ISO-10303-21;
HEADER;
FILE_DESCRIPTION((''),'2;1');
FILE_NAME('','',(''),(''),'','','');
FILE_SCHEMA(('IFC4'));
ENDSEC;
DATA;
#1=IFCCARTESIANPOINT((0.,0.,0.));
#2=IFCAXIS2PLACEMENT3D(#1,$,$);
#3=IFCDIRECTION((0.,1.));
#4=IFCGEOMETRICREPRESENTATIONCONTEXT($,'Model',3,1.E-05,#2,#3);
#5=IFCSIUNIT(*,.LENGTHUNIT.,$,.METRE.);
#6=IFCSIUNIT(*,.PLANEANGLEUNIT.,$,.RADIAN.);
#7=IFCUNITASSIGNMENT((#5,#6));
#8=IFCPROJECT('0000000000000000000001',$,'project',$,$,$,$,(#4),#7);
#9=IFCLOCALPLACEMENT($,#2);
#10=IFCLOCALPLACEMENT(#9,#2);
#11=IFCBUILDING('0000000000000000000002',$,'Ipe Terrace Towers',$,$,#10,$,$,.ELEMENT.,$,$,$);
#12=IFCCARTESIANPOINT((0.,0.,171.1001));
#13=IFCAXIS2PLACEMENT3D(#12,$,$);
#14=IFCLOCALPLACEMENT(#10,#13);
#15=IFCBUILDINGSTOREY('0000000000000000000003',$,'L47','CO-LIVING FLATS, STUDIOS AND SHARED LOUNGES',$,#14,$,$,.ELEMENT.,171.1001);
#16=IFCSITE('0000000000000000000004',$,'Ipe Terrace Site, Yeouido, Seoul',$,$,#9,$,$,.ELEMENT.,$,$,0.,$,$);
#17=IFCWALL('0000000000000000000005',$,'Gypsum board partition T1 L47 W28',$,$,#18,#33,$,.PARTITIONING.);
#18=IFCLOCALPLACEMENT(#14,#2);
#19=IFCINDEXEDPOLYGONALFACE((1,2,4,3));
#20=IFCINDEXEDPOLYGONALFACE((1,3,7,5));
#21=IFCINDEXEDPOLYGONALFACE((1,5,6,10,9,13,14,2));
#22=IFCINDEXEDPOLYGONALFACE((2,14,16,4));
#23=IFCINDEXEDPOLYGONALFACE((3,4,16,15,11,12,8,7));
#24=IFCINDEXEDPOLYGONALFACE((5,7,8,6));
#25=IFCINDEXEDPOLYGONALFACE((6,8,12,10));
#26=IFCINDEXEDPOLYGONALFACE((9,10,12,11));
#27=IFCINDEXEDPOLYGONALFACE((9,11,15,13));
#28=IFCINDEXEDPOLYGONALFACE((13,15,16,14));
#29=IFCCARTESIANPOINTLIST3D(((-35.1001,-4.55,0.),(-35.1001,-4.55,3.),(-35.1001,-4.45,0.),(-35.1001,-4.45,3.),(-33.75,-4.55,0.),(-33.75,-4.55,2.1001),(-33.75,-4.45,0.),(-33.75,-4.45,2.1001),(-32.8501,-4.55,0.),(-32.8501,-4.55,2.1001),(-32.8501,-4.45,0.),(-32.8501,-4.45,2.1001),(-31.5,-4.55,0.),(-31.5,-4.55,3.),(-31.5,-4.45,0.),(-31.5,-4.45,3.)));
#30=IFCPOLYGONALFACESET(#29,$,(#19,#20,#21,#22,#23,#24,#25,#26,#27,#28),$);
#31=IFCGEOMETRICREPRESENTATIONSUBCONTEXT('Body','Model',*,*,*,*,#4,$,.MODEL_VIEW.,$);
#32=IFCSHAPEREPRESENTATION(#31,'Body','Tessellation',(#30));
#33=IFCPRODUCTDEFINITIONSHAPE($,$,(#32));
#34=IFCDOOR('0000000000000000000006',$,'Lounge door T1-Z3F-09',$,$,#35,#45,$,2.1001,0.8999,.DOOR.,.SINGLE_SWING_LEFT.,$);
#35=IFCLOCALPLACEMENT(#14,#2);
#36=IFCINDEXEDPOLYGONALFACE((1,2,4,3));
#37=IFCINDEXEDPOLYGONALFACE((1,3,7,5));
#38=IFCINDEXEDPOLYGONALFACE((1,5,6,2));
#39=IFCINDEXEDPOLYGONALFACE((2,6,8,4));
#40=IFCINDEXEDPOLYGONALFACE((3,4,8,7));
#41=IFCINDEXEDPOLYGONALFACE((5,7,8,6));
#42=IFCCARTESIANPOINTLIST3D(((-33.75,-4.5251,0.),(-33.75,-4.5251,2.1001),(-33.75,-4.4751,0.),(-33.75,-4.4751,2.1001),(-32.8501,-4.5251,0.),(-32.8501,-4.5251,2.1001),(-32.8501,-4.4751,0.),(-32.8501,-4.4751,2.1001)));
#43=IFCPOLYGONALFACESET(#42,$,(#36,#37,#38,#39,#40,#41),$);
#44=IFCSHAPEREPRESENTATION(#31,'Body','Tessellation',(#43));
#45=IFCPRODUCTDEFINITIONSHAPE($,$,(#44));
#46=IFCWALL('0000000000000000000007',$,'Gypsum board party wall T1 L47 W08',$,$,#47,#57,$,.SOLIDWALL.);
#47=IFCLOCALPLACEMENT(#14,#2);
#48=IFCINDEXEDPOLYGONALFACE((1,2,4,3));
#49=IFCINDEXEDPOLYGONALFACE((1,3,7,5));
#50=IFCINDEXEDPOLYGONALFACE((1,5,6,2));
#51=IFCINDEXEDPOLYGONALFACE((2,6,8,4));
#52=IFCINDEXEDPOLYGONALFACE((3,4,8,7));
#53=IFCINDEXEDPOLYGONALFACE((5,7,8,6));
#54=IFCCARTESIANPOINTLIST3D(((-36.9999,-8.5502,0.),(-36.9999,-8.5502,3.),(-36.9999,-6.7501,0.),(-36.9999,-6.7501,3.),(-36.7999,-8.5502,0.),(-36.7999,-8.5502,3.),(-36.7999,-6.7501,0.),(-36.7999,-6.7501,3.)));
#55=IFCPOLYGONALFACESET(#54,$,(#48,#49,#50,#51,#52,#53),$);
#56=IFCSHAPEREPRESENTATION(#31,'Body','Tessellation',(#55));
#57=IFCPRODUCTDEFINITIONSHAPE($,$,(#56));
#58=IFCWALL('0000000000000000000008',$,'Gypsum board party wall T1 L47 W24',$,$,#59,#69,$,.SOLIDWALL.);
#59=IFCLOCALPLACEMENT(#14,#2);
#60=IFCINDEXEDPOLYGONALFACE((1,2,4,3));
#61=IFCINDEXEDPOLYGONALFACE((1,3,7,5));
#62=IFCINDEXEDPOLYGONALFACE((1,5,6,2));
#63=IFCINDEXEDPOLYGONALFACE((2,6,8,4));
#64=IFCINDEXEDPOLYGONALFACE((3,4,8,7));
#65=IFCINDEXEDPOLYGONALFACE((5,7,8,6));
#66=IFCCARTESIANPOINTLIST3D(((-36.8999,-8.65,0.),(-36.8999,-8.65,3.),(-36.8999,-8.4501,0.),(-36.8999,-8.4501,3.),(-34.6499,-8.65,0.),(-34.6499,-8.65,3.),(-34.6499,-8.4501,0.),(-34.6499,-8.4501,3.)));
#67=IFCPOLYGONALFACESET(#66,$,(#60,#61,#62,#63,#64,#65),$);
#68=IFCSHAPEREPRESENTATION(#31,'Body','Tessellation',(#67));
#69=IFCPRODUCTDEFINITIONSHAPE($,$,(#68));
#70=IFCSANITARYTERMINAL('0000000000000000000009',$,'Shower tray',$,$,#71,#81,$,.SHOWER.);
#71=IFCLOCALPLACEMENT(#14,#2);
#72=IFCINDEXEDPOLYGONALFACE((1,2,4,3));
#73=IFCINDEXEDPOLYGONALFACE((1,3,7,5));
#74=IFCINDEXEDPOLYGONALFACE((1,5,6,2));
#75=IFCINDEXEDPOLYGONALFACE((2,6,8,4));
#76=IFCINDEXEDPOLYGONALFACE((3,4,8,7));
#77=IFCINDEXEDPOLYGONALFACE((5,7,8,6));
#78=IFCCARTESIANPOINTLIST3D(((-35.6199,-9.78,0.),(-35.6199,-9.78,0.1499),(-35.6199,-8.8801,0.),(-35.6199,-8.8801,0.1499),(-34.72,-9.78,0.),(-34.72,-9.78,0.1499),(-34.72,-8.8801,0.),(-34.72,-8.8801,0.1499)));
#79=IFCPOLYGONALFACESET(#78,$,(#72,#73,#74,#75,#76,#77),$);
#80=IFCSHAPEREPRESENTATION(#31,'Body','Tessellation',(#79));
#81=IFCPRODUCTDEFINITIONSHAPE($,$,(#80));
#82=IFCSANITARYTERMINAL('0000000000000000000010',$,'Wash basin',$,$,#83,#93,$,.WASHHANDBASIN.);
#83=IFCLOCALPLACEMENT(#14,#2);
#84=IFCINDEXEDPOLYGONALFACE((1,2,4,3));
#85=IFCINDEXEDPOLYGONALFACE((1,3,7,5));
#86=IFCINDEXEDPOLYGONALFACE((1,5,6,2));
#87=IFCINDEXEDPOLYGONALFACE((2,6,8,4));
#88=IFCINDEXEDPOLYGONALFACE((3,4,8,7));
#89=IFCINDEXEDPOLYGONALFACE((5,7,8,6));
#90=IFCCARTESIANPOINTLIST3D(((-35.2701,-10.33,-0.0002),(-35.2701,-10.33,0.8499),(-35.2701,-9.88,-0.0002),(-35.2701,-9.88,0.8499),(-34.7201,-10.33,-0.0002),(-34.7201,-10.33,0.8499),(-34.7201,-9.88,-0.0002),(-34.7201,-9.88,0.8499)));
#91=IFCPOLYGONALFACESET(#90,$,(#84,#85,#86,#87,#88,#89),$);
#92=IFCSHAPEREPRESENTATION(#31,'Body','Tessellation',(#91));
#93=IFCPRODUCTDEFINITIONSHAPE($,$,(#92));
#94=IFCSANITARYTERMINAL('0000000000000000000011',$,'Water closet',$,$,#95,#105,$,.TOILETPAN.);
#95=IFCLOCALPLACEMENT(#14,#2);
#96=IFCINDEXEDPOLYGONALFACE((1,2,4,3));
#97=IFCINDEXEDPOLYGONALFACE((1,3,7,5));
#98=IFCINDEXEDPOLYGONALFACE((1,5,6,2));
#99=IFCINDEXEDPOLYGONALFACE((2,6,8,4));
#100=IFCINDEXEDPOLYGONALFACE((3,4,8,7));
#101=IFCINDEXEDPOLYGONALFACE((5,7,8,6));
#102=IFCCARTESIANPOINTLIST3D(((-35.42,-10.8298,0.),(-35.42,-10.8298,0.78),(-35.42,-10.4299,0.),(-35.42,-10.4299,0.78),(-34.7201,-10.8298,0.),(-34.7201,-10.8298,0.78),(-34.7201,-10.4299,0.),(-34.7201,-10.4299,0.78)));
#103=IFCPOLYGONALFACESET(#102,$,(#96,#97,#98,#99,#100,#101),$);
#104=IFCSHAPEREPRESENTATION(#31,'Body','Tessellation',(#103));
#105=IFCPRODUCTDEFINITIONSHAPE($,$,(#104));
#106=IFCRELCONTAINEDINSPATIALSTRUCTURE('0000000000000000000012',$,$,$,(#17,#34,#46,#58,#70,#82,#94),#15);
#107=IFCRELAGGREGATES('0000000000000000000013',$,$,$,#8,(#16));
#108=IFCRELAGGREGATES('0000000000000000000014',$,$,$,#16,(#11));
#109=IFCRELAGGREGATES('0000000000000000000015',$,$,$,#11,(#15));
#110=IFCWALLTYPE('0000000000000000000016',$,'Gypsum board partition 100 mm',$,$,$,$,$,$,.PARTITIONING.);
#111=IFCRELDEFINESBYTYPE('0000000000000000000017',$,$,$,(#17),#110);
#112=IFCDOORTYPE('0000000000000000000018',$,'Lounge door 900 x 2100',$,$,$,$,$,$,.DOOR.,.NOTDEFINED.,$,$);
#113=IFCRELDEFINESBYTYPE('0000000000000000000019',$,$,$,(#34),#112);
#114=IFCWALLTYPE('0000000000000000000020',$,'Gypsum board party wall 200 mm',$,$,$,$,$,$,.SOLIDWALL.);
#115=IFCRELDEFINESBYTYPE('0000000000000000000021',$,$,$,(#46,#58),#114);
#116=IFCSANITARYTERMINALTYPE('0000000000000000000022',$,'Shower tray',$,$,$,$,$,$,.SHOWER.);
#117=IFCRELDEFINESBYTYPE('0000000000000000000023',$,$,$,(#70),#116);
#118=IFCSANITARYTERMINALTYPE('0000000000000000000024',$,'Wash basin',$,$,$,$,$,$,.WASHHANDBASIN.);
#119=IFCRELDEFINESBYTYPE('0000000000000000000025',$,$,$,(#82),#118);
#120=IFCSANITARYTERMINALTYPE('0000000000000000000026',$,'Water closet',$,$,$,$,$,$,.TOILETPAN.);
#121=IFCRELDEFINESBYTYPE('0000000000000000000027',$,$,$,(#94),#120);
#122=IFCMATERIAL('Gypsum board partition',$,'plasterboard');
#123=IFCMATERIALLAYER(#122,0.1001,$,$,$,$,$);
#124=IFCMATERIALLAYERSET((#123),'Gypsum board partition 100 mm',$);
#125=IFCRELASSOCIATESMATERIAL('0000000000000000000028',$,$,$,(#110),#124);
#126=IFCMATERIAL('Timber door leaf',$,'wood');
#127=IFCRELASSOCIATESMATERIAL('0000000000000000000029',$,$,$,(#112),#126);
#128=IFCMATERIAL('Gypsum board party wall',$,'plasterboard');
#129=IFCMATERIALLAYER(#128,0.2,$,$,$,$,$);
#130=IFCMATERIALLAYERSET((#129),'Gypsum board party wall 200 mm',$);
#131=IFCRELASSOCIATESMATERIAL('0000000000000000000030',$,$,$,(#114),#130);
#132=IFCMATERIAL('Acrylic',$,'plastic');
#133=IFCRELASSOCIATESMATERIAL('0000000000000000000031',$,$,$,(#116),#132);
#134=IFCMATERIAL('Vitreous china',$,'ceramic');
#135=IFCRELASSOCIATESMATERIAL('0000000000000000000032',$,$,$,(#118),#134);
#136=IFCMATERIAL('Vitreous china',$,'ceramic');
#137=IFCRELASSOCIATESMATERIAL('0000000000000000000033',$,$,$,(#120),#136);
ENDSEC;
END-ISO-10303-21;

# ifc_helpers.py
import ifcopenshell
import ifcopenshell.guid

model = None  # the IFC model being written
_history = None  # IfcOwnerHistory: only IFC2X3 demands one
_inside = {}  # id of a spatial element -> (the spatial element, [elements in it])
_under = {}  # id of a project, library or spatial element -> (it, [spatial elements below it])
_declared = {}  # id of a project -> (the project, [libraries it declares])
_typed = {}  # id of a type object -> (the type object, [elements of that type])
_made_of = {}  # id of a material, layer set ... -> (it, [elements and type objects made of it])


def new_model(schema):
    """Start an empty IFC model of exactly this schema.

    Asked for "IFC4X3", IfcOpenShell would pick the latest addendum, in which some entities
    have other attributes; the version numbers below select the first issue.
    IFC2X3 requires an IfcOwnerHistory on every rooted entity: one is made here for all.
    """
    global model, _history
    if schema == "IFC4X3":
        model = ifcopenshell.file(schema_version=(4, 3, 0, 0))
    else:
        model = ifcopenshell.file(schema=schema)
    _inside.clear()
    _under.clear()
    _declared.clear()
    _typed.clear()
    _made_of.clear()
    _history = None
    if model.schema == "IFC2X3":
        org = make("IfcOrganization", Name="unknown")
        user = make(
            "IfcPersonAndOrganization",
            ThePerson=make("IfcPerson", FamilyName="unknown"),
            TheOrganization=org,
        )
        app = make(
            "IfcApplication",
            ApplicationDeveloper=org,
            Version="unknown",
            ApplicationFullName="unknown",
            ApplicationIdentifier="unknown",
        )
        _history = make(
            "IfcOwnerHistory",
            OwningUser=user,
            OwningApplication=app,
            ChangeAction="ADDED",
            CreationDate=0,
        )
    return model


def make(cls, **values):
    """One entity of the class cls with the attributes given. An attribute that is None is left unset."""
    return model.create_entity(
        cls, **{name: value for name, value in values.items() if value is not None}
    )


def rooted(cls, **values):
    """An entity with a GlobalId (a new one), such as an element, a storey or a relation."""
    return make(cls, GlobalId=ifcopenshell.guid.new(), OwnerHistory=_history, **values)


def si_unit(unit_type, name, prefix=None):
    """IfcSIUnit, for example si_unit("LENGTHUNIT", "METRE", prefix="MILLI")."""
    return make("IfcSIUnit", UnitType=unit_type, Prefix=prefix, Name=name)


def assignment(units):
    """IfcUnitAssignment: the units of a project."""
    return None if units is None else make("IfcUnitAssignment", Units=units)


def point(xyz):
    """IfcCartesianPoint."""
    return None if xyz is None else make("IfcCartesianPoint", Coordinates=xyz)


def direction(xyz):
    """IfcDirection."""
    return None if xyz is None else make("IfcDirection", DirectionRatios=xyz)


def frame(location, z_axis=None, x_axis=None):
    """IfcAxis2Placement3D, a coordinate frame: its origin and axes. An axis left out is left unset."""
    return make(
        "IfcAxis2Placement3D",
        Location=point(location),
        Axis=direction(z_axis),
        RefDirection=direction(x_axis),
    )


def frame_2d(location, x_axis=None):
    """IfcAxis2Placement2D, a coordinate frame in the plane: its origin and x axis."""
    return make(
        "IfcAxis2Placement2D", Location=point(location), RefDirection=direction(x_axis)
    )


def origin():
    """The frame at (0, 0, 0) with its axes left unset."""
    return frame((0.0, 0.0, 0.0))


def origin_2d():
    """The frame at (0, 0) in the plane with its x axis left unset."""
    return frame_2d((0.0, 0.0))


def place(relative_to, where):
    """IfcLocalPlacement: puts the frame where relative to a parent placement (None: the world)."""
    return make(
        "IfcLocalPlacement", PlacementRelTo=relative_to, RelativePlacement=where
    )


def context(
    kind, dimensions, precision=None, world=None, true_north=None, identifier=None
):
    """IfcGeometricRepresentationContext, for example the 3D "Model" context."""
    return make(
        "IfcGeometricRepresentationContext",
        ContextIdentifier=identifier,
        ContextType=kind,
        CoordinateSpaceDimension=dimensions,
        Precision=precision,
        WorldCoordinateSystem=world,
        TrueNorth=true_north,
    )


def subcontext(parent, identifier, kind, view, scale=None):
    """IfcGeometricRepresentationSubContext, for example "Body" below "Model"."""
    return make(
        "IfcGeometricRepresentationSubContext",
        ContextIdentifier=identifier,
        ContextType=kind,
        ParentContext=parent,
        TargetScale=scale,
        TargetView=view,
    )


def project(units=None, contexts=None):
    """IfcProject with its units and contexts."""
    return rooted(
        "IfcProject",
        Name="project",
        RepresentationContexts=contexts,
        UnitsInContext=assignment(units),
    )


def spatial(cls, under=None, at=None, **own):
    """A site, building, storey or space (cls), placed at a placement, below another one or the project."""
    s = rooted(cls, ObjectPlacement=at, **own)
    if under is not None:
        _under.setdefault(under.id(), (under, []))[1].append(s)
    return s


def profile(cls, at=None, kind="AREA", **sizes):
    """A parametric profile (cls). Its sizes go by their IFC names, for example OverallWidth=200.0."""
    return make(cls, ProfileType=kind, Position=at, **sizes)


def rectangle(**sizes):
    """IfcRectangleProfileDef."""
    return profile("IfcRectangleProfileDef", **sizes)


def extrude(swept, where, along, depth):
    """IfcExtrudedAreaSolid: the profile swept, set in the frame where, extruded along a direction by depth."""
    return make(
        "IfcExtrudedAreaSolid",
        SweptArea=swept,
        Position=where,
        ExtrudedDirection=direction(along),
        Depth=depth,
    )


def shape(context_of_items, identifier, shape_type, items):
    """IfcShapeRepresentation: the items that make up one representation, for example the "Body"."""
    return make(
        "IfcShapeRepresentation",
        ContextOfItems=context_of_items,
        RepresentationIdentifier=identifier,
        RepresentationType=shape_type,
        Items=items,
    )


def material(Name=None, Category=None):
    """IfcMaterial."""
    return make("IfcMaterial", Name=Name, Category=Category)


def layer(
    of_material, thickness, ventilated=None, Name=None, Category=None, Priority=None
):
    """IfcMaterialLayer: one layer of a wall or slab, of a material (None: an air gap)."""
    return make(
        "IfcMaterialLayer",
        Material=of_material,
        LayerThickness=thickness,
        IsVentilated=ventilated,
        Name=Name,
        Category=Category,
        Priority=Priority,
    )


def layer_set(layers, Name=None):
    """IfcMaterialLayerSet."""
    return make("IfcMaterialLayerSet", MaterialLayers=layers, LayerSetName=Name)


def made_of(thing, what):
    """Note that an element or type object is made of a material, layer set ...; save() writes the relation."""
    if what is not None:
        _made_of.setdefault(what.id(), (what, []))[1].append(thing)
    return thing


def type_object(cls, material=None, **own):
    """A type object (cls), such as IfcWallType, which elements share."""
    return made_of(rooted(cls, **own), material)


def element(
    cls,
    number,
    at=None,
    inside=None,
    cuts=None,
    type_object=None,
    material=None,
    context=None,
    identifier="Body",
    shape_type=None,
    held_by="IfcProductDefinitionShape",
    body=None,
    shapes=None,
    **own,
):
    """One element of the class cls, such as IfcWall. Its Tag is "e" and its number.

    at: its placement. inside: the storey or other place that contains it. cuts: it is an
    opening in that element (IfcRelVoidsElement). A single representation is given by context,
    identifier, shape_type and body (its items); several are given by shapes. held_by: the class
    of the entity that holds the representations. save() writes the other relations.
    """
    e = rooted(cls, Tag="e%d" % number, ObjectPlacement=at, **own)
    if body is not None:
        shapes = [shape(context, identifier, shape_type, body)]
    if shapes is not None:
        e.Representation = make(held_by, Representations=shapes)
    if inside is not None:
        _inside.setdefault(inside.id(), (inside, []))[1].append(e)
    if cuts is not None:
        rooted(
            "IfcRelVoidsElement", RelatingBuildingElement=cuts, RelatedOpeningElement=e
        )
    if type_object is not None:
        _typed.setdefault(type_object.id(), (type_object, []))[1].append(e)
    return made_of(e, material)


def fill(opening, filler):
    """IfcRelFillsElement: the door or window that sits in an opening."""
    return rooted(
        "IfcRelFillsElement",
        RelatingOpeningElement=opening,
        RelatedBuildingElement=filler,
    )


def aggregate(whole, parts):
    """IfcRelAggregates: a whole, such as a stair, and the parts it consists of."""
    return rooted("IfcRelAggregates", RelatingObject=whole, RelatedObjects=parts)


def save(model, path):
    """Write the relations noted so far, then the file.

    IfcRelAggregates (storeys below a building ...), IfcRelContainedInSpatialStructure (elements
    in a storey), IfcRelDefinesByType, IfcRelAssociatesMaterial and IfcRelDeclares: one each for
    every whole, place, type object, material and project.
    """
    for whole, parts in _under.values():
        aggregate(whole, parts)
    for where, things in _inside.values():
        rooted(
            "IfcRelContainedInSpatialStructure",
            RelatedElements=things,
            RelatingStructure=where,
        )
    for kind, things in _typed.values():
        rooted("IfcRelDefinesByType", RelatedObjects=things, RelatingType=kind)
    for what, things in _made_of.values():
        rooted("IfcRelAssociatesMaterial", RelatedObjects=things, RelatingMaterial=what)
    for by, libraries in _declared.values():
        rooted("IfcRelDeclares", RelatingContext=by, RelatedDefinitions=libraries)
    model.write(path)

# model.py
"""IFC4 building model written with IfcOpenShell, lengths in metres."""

from ifc_helpers import new_model, si_unit, direction, frame, frame_2d, origin, origin_2d, place, context, subcontext, project, spatial, rectangle, extrude, material, layer, layer_set, type_object, element, fill, save


model = new_model("IFC4")

# Units and contexts
model_context = context("Model", 3, precision=1e-05, world=origin(), true_north=direction((0.0, 1.0)))
body_context = subcontext(model_context, "Body", "Model", "MODEL_VIEW")
ifc_project = project(units=[si_unit("LENGTHUNIT", "METRE"), si_unit("PLANEANGLEUNIT", "RADIAN")], contexts=[model_context])

# Site, building, storey
site_placement = place(None, origin())
site = spatial("IfcSite", under=ifc_project, at=site_placement, Name="Ipe Terrace Site, Yeouido, Seoul", CompositionType="ELEMENT", RefElevation=0.0)
building_placement = place(site_placement, origin())
building = spatial("IfcBuilding", under=site, at=building_placement, Name="Ipe Terrace Towers", CompositionType="ELEMENT")
storey_placement = place(building_placement, frame((0.0, 0.0, 171.1001)))
storey = spatial("IfcBuildingStorey", under=building, at=storey_placement, Name="L47", Description="CO-LIVING FLATS, STUDIOS AND SHARED LOUNGES", CompositionType="ELEMENT", Elevation=171.1001)

# Shared definitions
ifc_material_1 = material(Name="Gypsum board partition", Category="plasterboard")
ifc_layer_1 = layer(ifc_material_1, 0.1001)
ifc_layer_set_1 = layer_set([ifc_layer_1], Name="Gypsum board partition 100 mm")
wall_type_1 = type_object("IfcWallType", Name="Gypsum board partition 100 mm", PredefinedType="PARTITIONING", material=ifc_layer_set_1)

# Shared definitions
ifc_material_2 = material(Name="Timber door leaf", Category="wood")
door_type_1 = type_object("IfcDoorType", Name="Lounge door 900 x 2100", OperationType="NOTDEFINED", PredefinedType="DOOR", material=ifc_material_2)

# Wall, opening, door
wall_1_placement = place(storey_placement, frame((-35.1001, -4.5, 0.0), z_axis=(0.0, 0.0, 1.0), x_axis=(1.0, 0.0, 0.0)))
wall_1 = element("IfcWall", 1, at=wall_1_placement, inside=storey, type_object=wall_type_1, Name="Gypsum board partition T1 L47 W28", PredefinedType="PARTITIONING", context=body_context, shape_type="SweptSolid", body=[
    extrude(rectangle(XDim=3.6001, YDim=0.1001, at=frame_2d((1.8, 0.0))), origin(), (0.0, 0.0, 1.0), 3.0),
])
opening_1_placement = place(wall_1_placement, frame((1.3501, 0.0, 0.0)))
opening_1 = element("IfcOpeningElement", 2, at=opening_1_placement, cuts=wall_1, PredefinedType="OPENING", context=body_context, shape_type="SweptSolid", body=[
    extrude(rectangle(XDim=0.8999, YDim=2.1001, at=frame_2d((0.45, 1.05))), frame((0.0, 0.0601, 0.0), z_axis=(0.0, -1.0, 0.0), x_axis=(1.0, 0.0, 0.0)), (0.0, 0.0, 1.0), 0.1201),
])
door_1_placement = place(opening_1_placement, origin())
door_1 = element("IfcDoor", 3, at=door_1_placement, inside=storey, type_object=door_type_1, Name="Lounge door T1-Z3F-09", OperationType="SINGLE_SWING_LEFT", OverallHeight=2.1001, OverallWidth=0.8999, PredefinedType="DOOR", context=body_context, shape_type="SweptSolid", body=[
    extrude(rectangle(XDim=0.8999, YDim=2.1001, at=frame_2d((0.45, 1.05))), frame((0.0, 0.0249, 0.0), z_axis=(0.0, -1.0, 0.0), x_axis=(1.0, 0.0, 0.0)), (0.0, 0.0, 1.0), 0.05),
])
fill(opening_1, door_1)

# Walls
ifc_material_3 = material(Name="Gypsum board party wall", Category="plasterboard")
ifc_layer_2 = layer(ifc_material_3, 0.2)
ifc_layer_set_2 = layer_set([ifc_layer_2], Name="Gypsum board party wall 200 mm")
wall_type_2 = type_object("IfcWallType", Name="Gypsum board party wall 200 mm", PredefinedType="SOLIDWALL", material=ifc_layer_set_2)
wall_2_placement = place(storey_placement, frame((-36.8999, -8.55, 0.0), z_axis=(0.0, 0.0, 1.0), x_axis=(0.0, 1.0, 0.0)))
element("IfcWall", 4, at=wall_2_placement, inside=storey, type_object=wall_type_2, Name="Gypsum board party wall T1 L47 W08", PredefinedType="SOLIDWALL", context=body_context, shape_type="SweptSolid", body=[
    extrude(rectangle(XDim=1.8, YDim=0.2, at=frame_2d((0.8999, 0.0))), origin(), (0.0, 0.0, 1.0), 3.0),
])
wall_3_placement = place(storey_placement, frame((-36.8999, -8.55, 0.0), z_axis=(0.0, 0.0, 1.0), x_axis=(1.0, 0.0, 0.0)))
element("IfcWall", 5, at=wall_3_placement, inside=storey, type_object=wall_type_2, Name="Gypsum board party wall T1 L47 W24", PredefinedType="SOLIDWALL", context=body_context, shape_type="SweptSolid", body=[
    extrude(rectangle(XDim=2.25, YDim=0.2, at=frame_2d((1.125, 0.0))), origin(), (0.0, 0.0, 1.0), 3.0),
])

# Sanitary terminals
ifc_material_4 = material(Name="Acrylic", Category="plastic")
sanitary_terminal_type_1 = type_object("IfcSanitaryTerminalType", Name="Shower tray", PredefinedType="SHOWER", material=ifc_material_4)
sanitary_terminal_1_placement = place(storey_placement, frame((-35.1699, -9.3301, 0.0), z_axis=(0.0, 0.0, 1.0), x_axis=(-1.0, 0.0, 0.0)))
element("IfcSanitaryTerminal", 6, at=sanitary_terminal_1_placement, inside=storey, type_object=sanitary_terminal_type_1, Name="Shower tray", PredefinedType="SHOWER", context=body_context, shape_type="SweptSolid", body=[
    extrude(rectangle(XDim=0.8999, YDim=0.8999, at=origin_2d()), origin(), (0.0, 0.0, 1.0), 0.1499),
])
ifc_material_5 = material(Name="Vitreous china", Category="ceramic")
sanitary_terminal_type_2 = type_object("IfcSanitaryTerminalType", Name="Wash basin", PredefinedType="WASHHANDBASIN", material=ifc_material_5)
sanitary_terminal_2_placement = place(storey_placement, frame((-34.9951, -10.105, -0.0002), z_axis=(0.0, 0.0, 1.0), x_axis=(-1.0, 0.0, 0.0)))
element("IfcSanitaryTerminal", 7, at=sanitary_terminal_2_placement, inside=storey, type_object=sanitary_terminal_type_2, Name="Wash basin", PredefinedType="WASHHANDBASIN", context=body_context, shape_type="SweptSolid", body=[
    extrude(rectangle(XDim=0.55, YDim=0.45, at=origin_2d()), origin(), (0.0, 0.0, 1.0), 0.8501),
])
ifc_material_6 = material(Name="Vitreous china", Category="ceramic")
sanitary_terminal_type_3 = type_object("IfcSanitaryTerminalType", Name="Water closet", PredefinedType="TOILETPAN", material=ifc_material_6)
sanitary_terminal_3_placement = place(storey_placement, frame((-35.0701, -10.6299, 0.0), z_axis=(0.0, 0.0, 1.0), x_axis=(-1.0, 0.0, 0.0)))
element("IfcSanitaryTerminal", 8, at=sanitary_terminal_3_placement, inside=storey, type_object=sanitary_terminal_type_3, Name="Water closet", PredefinedType="TOILETPAN", context=body_context, shape_type="SweptSolid", body=[
    extrude(rectangle(XDim=0.7, YDim=0.3999, at=origin_2d()), origin(), (0.0, 0.0, 1.0), 0.78),
])

save(model, "model.ifc")
